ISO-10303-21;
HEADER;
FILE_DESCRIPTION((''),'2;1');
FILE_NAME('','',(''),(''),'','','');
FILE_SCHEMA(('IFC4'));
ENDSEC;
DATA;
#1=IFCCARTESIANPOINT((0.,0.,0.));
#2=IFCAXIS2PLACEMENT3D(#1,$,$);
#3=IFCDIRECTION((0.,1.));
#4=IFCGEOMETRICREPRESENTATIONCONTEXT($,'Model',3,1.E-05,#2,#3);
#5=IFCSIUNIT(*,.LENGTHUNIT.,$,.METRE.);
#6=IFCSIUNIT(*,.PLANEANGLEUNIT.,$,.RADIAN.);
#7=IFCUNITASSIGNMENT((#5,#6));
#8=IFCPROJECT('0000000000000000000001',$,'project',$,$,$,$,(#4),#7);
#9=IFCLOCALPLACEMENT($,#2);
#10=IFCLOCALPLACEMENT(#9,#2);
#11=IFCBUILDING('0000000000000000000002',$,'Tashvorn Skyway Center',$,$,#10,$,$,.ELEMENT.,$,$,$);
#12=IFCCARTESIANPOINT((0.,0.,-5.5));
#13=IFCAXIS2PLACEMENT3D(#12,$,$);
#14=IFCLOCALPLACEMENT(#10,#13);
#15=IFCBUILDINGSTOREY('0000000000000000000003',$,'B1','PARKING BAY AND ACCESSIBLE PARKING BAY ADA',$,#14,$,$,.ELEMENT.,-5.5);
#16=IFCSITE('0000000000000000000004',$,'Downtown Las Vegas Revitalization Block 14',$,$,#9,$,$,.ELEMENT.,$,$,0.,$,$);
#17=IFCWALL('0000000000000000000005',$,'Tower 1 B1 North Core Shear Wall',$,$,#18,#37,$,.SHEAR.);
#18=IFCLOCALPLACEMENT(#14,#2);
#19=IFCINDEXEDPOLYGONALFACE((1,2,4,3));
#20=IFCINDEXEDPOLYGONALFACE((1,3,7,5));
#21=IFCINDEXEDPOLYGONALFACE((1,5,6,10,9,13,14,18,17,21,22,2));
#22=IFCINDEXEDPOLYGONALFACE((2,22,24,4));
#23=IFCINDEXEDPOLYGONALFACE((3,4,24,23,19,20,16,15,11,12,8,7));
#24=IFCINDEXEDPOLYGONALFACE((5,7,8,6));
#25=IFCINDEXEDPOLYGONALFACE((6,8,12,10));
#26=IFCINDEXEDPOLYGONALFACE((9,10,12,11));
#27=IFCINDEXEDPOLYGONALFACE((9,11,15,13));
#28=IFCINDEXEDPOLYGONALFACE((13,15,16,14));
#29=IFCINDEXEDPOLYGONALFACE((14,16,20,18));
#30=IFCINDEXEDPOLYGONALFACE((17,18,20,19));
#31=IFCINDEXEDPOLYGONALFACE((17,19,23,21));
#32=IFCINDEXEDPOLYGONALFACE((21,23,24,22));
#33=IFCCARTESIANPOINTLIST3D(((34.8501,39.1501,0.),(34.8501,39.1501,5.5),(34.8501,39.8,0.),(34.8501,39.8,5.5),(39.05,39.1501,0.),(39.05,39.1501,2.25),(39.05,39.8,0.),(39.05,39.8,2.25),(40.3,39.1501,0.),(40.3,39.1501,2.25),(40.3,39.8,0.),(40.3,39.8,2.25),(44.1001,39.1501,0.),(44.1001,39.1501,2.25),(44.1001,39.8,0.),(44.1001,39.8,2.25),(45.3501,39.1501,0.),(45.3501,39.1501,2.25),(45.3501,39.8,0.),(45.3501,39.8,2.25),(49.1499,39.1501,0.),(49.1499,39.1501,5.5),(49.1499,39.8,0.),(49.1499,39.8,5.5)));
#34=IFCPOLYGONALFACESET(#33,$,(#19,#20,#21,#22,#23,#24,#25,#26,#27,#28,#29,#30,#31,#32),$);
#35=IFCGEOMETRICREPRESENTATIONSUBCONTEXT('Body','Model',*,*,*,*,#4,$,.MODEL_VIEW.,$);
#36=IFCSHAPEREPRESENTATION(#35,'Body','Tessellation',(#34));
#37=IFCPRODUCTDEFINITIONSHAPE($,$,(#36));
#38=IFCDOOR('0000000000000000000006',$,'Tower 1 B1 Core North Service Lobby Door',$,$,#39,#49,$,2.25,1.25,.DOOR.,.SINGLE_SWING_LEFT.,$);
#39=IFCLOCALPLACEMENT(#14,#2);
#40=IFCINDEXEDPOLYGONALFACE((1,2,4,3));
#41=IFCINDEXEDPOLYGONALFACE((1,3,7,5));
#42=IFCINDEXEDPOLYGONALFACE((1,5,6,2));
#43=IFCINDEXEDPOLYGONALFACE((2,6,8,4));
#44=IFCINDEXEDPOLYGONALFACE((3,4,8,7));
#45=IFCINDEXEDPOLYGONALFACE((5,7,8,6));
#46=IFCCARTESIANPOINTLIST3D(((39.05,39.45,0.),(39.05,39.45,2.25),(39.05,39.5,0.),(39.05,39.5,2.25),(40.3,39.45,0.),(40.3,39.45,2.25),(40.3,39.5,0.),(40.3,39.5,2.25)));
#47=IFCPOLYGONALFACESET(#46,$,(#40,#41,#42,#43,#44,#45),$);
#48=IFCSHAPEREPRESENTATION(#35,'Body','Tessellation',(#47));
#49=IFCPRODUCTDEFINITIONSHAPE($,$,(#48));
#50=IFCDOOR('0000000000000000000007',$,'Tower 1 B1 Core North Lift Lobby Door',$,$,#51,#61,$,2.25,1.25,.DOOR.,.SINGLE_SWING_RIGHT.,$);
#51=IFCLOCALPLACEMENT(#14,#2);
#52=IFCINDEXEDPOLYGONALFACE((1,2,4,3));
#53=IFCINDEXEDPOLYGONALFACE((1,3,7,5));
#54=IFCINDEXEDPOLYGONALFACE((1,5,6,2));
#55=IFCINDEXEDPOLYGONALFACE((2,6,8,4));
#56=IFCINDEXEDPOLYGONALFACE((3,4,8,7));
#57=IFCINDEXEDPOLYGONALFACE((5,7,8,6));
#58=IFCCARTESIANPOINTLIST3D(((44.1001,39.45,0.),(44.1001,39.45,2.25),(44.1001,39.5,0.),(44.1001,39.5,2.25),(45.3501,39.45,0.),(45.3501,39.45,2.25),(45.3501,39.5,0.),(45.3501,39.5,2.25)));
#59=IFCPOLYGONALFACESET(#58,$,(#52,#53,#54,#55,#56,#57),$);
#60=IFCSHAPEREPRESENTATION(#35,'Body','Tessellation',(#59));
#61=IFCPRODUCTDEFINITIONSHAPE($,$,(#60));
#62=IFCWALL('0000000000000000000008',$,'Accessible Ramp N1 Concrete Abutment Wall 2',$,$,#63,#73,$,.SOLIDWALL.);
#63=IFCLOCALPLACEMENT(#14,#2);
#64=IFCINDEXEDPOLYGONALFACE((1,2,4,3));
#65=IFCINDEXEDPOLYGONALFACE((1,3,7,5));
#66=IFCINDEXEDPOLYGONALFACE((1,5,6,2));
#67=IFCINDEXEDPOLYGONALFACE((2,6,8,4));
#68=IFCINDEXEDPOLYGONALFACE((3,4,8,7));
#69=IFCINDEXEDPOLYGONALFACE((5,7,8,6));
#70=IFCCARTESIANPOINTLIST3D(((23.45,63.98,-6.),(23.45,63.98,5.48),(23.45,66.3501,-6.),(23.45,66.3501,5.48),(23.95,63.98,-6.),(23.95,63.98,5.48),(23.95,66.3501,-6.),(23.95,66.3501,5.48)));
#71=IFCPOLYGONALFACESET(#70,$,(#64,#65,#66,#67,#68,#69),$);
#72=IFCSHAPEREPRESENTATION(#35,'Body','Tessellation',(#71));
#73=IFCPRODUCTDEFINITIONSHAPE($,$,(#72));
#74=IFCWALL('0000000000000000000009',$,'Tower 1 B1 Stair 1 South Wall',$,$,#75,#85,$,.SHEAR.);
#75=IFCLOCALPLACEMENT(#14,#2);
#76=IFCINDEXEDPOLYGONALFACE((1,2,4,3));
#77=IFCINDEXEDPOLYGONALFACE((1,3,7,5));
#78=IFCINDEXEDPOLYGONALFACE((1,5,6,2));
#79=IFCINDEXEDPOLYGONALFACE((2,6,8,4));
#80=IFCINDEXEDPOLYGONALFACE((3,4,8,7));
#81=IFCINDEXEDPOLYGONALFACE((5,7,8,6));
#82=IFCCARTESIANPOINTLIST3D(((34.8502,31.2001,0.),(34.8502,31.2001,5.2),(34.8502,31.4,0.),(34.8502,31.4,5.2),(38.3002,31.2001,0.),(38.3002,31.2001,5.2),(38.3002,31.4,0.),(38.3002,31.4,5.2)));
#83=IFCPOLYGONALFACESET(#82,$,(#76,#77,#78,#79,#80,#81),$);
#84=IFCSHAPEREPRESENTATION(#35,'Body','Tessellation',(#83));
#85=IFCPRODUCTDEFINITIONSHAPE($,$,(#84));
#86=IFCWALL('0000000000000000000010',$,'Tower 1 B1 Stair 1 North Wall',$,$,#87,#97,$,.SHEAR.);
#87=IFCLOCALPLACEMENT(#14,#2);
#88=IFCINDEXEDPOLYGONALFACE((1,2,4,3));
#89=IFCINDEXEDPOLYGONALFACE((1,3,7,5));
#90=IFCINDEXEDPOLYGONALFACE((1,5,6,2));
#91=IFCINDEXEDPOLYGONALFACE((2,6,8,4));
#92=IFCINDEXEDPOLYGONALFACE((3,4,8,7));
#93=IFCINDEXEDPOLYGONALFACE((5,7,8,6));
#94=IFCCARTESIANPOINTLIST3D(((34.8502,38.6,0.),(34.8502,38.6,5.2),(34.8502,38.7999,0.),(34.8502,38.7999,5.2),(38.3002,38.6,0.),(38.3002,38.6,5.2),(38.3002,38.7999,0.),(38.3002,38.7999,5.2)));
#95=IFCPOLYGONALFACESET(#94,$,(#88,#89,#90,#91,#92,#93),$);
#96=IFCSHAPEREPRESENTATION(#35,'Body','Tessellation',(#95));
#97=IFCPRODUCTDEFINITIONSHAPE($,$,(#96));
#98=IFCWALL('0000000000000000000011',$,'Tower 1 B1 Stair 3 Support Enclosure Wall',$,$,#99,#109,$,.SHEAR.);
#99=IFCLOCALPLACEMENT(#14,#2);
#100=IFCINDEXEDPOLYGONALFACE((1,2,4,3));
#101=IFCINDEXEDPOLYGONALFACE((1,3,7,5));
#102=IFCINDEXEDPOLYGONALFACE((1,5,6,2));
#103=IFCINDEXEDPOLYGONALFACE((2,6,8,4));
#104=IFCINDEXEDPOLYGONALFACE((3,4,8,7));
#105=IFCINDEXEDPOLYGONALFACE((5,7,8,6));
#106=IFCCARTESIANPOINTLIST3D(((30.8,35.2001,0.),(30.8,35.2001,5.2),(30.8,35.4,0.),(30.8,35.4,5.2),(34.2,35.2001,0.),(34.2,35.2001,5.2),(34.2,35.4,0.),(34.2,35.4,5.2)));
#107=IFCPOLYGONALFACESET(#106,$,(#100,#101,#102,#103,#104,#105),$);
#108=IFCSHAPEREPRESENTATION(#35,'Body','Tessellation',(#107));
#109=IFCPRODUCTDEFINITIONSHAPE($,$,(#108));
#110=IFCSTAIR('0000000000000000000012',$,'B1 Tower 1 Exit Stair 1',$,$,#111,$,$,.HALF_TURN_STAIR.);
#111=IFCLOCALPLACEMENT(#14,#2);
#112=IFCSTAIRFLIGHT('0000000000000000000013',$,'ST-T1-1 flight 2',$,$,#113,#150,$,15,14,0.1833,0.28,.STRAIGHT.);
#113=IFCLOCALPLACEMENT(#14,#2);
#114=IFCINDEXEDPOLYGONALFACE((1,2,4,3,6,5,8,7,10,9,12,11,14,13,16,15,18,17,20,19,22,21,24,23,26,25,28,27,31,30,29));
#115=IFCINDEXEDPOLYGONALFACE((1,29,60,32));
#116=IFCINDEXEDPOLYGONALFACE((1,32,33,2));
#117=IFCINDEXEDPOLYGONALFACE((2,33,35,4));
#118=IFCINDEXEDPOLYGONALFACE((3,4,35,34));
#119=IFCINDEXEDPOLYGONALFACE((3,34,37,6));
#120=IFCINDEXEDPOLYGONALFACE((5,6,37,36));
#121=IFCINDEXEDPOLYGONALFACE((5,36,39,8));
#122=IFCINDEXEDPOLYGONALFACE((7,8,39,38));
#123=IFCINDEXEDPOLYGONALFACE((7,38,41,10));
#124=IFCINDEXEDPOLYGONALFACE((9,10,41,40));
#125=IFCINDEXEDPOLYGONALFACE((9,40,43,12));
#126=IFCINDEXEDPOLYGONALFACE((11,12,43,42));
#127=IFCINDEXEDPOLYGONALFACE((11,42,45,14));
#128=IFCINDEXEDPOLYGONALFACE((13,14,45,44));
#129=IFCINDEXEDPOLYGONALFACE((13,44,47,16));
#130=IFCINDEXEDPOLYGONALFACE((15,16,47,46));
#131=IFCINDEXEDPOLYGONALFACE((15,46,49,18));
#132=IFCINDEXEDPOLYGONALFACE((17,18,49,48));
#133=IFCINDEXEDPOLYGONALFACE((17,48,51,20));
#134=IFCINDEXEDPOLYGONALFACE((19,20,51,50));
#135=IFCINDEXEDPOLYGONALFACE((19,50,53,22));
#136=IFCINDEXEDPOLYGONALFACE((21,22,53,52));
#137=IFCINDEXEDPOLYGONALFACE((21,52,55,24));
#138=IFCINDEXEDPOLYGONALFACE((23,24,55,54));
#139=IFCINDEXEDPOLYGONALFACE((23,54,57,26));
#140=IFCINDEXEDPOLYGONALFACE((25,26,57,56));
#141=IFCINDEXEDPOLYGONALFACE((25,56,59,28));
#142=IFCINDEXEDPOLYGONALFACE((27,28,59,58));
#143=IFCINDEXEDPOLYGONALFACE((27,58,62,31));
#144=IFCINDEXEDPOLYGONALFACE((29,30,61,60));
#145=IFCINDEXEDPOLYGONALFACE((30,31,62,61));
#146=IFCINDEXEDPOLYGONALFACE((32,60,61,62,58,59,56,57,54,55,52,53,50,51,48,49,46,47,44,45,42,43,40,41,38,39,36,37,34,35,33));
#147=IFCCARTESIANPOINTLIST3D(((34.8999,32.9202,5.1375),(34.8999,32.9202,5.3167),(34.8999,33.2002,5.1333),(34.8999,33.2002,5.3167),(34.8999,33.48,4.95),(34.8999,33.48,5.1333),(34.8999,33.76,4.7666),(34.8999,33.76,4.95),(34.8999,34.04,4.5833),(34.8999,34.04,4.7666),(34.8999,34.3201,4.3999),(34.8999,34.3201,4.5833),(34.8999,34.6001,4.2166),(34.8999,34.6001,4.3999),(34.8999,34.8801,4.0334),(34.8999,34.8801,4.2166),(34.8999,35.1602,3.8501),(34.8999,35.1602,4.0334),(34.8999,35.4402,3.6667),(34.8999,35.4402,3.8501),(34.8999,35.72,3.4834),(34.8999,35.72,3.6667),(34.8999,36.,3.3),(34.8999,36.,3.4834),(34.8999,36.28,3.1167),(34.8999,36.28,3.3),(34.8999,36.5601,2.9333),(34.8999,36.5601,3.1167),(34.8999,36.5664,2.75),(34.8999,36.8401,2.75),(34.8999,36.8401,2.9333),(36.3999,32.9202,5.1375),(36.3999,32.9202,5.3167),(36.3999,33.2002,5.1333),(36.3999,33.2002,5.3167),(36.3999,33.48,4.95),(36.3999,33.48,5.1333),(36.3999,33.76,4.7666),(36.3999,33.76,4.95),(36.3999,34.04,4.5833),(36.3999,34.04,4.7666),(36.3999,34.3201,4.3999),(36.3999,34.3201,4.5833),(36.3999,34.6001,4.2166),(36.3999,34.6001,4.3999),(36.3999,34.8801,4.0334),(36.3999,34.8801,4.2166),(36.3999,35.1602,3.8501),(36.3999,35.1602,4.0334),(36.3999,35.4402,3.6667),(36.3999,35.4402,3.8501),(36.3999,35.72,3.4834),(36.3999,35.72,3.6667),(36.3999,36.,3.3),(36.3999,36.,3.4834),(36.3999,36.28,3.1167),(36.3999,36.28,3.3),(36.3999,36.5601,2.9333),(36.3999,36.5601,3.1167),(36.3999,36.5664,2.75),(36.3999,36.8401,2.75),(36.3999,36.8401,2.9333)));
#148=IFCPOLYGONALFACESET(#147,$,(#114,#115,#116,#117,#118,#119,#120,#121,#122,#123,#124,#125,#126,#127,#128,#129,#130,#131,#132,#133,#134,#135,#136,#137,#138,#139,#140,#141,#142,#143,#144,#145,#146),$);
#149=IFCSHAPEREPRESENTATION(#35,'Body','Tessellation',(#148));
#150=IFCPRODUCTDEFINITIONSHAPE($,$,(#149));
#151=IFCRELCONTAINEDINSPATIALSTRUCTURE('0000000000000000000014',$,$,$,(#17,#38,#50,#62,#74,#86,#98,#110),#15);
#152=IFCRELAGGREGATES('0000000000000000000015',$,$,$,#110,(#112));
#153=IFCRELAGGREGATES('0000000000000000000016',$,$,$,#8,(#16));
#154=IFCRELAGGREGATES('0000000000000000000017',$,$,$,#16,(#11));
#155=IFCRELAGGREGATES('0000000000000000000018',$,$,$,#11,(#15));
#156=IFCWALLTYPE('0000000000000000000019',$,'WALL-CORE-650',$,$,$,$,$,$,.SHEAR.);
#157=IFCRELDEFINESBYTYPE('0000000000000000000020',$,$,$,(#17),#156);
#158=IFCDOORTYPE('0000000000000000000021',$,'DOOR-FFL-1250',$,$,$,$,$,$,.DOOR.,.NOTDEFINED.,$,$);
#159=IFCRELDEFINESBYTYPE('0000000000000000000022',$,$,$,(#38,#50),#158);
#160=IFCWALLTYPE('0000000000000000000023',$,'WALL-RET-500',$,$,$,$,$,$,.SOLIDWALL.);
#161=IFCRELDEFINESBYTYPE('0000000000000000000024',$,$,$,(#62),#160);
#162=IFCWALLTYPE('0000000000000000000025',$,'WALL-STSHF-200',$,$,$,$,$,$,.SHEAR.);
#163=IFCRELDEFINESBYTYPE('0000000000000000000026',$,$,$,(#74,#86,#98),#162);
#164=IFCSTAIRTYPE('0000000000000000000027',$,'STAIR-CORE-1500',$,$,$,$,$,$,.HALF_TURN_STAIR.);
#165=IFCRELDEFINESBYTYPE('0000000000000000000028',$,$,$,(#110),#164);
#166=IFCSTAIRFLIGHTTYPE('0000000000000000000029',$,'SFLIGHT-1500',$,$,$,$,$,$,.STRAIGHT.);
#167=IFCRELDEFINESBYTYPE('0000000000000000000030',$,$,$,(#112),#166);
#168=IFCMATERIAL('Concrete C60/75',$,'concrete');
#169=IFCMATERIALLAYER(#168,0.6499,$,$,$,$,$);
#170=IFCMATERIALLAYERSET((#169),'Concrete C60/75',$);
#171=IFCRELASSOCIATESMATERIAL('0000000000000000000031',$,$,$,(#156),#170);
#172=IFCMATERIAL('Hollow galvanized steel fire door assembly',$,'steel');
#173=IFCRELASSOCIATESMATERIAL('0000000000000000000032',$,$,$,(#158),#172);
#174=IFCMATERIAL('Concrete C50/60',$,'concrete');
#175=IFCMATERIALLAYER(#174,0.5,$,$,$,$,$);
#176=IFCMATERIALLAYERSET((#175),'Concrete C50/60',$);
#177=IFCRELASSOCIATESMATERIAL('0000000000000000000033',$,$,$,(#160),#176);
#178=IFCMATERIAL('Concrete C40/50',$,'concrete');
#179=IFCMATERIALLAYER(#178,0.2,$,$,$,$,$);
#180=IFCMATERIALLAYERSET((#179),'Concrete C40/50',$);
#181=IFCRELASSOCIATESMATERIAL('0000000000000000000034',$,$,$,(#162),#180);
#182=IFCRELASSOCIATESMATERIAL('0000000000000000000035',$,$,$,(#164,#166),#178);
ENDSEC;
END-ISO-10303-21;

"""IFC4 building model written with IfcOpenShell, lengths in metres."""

from ifc_helpers import new_model, si_unit, direction, frame, frame_2d, origin, place, context, subcontext, project, spatial, polyline, rectangle, outline, extrude, material, layer, layer_set, type_object, element, fill, aggregate, save


model = new_model("IFC4")

# Units and contexts
model_context = context("Model", 3, precision=1e-05, world=origin(), true_north=direction((0.0, 1.0)))
body_context = subcontext(model_context, "Body", "Model", "MODEL_VIEW")
ifc_project = project(units=[si_unit("LENGTHUNIT", "METRE"), si_unit("PLANEANGLEUNIT", "RADIAN")], contexts=[model_context])

# Site, building, storey
site_placement = place(None, origin())
site = spatial("IfcSite", under=ifc_project, at=site_placement, Name="Downtown Las Vegas Revitalization Block 14", CompositionType="ELEMENT", RefElevation=0.0)
building_placement = place(site_placement, origin())
building = spatial("IfcBuilding", under=site, at=building_placement, Name="Tashvorn Skyway Center", CompositionType="ELEMENT")
storey_placement = place(building_placement, frame((0.0, 0.0, -5.5)))
storey = spatial("IfcBuildingStorey", under=building, at=storey_placement, Name="B1", Description="PARKING BAY AND ACCESSIBLE PARKING BAY ADA", CompositionType="ELEMENT", Elevation=-5.5)

# Wall, openings, doors
ifc_material_1 = material(Name="Concrete C60/75", Category="concrete")
ifc_layer_1 = layer(ifc_material_1, 0.6499)
ifc_layer_set_1 = layer_set([ifc_layer_1], Name="Concrete C60/75")
wall_type_1 = type_object("IfcWallType", Name="WALL-CORE-650", PredefinedType="SHEAR", material=ifc_layer_set_1)
wall_1_placement = place(storey_placement, frame((34.8501, 39.4751, 0.0), z_axis=(0.0, 0.0, 1.0), x_axis=(1.0, 0.0, 0.0)))
wall_1 = element("IfcWall", 1, at=wall_1_placement, inside=storey, type_object=wall_type_1, Name="Tower 1 B1 North Core Shear Wall", PredefinedType="SHEAR", context=body_context, shape_type="SweptSolid", body=[
    extrude(rectangle(XDim=14.2998, YDim=0.6499, at=frame_2d((7.1499, 0.0))), origin(), (0.0, 0.0, 1.0), 5.5),
])
opening_1_placement = place(wall_1_placement, frame((4.2, 0.0, 0.0)))
opening_1 = element("IfcOpeningElement", 2, at=opening_1_placement, cuts=wall_1, PredefinedType="OPENING", context=body_context, shape_type="SweptSolid", body=[
    extrude(rectangle(XDim=1.25, YDim=2.25, at=frame_2d((0.625, 1.125))), frame((0.0, 0.335, 0.0), z_axis=(0.0, -1.0, 0.0), x_axis=(1.0, 0.0, 0.0)), (0.0, 0.0, 1.0), 0.6699),
])
opening_2_placement = place(wall_1_placement, frame((9.25, 0.0, 0.0)))
opening_2 = element("IfcOpeningElement", 3, at=opening_2_placement, cuts=wall_1, PredefinedType="OPENING", context=body_context, shape_type="SweptSolid", body=[
    extrude(rectangle(XDim=1.25, YDim=2.25, at=frame_2d((0.625, 1.125))), frame((0.0, 0.335, 0.0), z_axis=(0.0, -1.0, 0.0), x_axis=(1.0, 0.0, 0.0)), (0.0, 0.0, 1.0), 0.6699),
])
ifc_material_2 = material(Name="Hollow galvanized steel fire door assembly", Category="steel")
door_type = type_object("IfcDoorType", Name="DOOR-FFL-1250", OperationType="NOTDEFINED", PredefinedType="DOOR", material=ifc_material_2)
door_1_placement = place(opening_1_placement, origin())
door_1 = element("IfcDoor", 4, at=door_1_placement, inside=storey, type_object=door_type, Name="Tower 1 B1 Core North Service Lobby Door", OperationType="SINGLE_SWING_LEFT", OverallHeight=2.25, OverallWidth=1.25, PredefinedType="DOOR", context=body_context, shape_type="SweptSolid", body=[
    extrude(rectangle(XDim=1.25, YDim=2.25, at=frame_2d((0.625, 1.125))), frame((0.0, 0.0249, 0.0), z_axis=(0.0, -1.0, 0.0), x_axis=(1.0, 0.0, 0.0)), (0.0, 0.0, 1.0), 0.05),
])
fill(opening_1, door_1)
door_2_placement = place(opening_2_placement, origin())
door_2 = element("IfcDoor", 5, at=door_2_placement, inside=storey, type_object=door_type, Name="Tower 1 B1 Core North Lift Lobby Door", OperationType="SINGLE_SWING_RIGHT", OverallHeight=2.25, OverallWidth=1.25, PredefinedType="DOOR", context=body_context, shape_type="SweptSolid", body=[
    extrude(rectangle(XDim=1.25, YDim=2.25, at=frame_2d((0.625, 1.125))), frame((0.0, 0.0249, 0.0), z_axis=(0.0, -1.0, 0.0), x_axis=(1.0, 0.0, 0.0)), (0.0, 0.0, 1.0), 0.05),
])
fill(opening_2, door_2)

# Walls
ifc_material_3 = material(Name="Concrete C50/60", Category="concrete")
ifc_layer_2 = layer(ifc_material_3, 0.5)
ifc_layer_set_2 = layer_set([ifc_layer_2], Name="Concrete C50/60")
wall_type_2 = type_object("IfcWallType", Name="WALL-RET-500", PredefinedType="SOLIDWALL", material=ifc_layer_set_2)
wall_2_placement = place(storey_placement, frame((23.7, 66.3501, -6.0), z_axis=(0.0, 0.0, 1.0), x_axis=(0.0, -1.0, 0.0)))
element("IfcWall", 6, at=wall_2_placement, inside=storey, type_object=wall_type_2, Name="Accessible Ramp N1 Concrete Abutment Wall 2", PredefinedType="SOLIDWALL", context=body_context, shape_type="SweptSolid", body=[
    extrude(rectangle(XDim=2.3701, YDim=0.5, at=frame_2d((1.1851, 0.0))), origin(), (0.0, 0.0, 1.0), 11.48),
])
ifc_material_4 = material(Name="Concrete C40/50", Category="concrete")
ifc_layer_3 = layer(ifc_material_4, 0.2)
ifc_layer_set_3 = layer_set([ifc_layer_3], Name="Concrete C40/50")
wall_type_3 = type_object("IfcWallType", Name="WALL-STSHF-200", PredefinedType="SHEAR", material=ifc_layer_set_3)
for number, where, z_axis, x_axis, name in (
    (7, (34.8501, 31.3, 0.0), (0.0, 0.0, 1.0), (1.0, 0.0, 0.0), "Tower 1 B1 Stair 1 South Wall"),
    (8, (34.8501, 38.7, 0.0), (0.0, 0.0, 1.0), (1.0, 0.0, 0.0), "Tower 1 B1 Stair 1 North Wall"),
):
    element("IfcWall", number, at=place(storey_placement, frame(where, z_axis=z_axis, x_axis=x_axis)), inside=storey, type_object=wall_type_3, Name=name, PredefinedType="SHEAR", context=body_context, shape_type="SweptSolid", body=[
        extrude(rectangle(XDim=3.45, YDim=0.2, at=frame_2d((1.7251, 0.0))), origin(), (0.0, 0.0, 1.0), 5.2),
    ])
wall_3_placement = place(storey_placement, frame((30.8, 35.3, 0.0), z_axis=(0.0, 0.0, 1.0), x_axis=(1.0, 0.0, 0.0)))
element("IfcWall", 9, at=wall_3_placement, inside=storey, type_object=wall_type_3, Name="Tower 1 B1 Stair 3 Support Enclosure Wall", PredefinedType="SHEAR", context=body_context, shape_type="SweptSolid", body=[
    extrude(rectangle(XDim=3.3999, YDim=0.2, at=frame_2d((1.7, 0.0))), origin(), (0.0, 0.0, 1.0), 5.2),
])

# Stair, stair flight
stair_type = type_object("IfcStairType", Name="STAIR-CORE-1500", PredefinedType="HALF_TURN_STAIR", material=ifc_material_4)
stair_placement = place(storey_placement, origin())
stair = element("IfcStair", 10, at=stair_placement, inside=storey, type_object=stair_type, Name="B1 Tower 1 Exit Stair 1", PredefinedType="HALF_TURN_STAIR")
stair_flight_type = type_object("IfcStairFlightType", Name="SFLIGHT-1500", PredefinedType="STRAIGHT", material=ifc_material_4)
stair_flight_placement = place(storey_placement, frame((35.6499, 36.8401, 2.75), z_axis=(0.0, 0.0, 1.0), x_axis=(0.0, -1.0, 0.0)))
stair_flight = element("IfcStairFlight", 11, at=stair_flight_placement, type_object=stair_flight_type, Name="ST-T1-1 flight 2", NumberOfRisers=15, NumberOfTreads=14, PredefinedType="STRAIGHT", RiserHeight=0.1833, TreadLength=0.28, context=body_context, shape_type="SweptSolid", body=[
    extrude(outline(polyline([(0.0, 0.0), (0.0, 0.1833), (0.28, 0.1833), (0.28, 0.3667), (0.5601, 0.3667), (0.5601, 0.55), (0.8401, 0.55), (0.8401, 0.7334), (1.1201, 0.7334), (1.1201, 0.9167), (1.3999, 0.9167), (1.3999, 1.1001), (1.6799, 1.1001), (1.6799, 1.2834), (1.96, 1.2834), (1.96, 1.4666), (2.24, 1.4666), (2.24, 1.6499), (2.52, 1.6499), (2.52, 1.8333), (2.8, 1.8333), (2.8, 2.0166), (3.0801, 2.0166), (3.0801, 2.2), (3.3601, 2.2), (3.3601, 2.3833), (3.6399, 2.3833), (3.6399, 2.5667), (3.9199, 2.5667), (3.9199, 2.75), (3.9199, 2.3875), (0.2737, 0.0), (0.0, 0.0)])), frame((0.0, 0.75, 0.0), z_axis=(0.0, -1.0, 0.0), x_axis=(1.0, 0.0, 0.0)), (0.0, 0.0, 1.0), 1.5),
])
aggregate(stair, [stair_flight])

save(model, "model.ifc")
